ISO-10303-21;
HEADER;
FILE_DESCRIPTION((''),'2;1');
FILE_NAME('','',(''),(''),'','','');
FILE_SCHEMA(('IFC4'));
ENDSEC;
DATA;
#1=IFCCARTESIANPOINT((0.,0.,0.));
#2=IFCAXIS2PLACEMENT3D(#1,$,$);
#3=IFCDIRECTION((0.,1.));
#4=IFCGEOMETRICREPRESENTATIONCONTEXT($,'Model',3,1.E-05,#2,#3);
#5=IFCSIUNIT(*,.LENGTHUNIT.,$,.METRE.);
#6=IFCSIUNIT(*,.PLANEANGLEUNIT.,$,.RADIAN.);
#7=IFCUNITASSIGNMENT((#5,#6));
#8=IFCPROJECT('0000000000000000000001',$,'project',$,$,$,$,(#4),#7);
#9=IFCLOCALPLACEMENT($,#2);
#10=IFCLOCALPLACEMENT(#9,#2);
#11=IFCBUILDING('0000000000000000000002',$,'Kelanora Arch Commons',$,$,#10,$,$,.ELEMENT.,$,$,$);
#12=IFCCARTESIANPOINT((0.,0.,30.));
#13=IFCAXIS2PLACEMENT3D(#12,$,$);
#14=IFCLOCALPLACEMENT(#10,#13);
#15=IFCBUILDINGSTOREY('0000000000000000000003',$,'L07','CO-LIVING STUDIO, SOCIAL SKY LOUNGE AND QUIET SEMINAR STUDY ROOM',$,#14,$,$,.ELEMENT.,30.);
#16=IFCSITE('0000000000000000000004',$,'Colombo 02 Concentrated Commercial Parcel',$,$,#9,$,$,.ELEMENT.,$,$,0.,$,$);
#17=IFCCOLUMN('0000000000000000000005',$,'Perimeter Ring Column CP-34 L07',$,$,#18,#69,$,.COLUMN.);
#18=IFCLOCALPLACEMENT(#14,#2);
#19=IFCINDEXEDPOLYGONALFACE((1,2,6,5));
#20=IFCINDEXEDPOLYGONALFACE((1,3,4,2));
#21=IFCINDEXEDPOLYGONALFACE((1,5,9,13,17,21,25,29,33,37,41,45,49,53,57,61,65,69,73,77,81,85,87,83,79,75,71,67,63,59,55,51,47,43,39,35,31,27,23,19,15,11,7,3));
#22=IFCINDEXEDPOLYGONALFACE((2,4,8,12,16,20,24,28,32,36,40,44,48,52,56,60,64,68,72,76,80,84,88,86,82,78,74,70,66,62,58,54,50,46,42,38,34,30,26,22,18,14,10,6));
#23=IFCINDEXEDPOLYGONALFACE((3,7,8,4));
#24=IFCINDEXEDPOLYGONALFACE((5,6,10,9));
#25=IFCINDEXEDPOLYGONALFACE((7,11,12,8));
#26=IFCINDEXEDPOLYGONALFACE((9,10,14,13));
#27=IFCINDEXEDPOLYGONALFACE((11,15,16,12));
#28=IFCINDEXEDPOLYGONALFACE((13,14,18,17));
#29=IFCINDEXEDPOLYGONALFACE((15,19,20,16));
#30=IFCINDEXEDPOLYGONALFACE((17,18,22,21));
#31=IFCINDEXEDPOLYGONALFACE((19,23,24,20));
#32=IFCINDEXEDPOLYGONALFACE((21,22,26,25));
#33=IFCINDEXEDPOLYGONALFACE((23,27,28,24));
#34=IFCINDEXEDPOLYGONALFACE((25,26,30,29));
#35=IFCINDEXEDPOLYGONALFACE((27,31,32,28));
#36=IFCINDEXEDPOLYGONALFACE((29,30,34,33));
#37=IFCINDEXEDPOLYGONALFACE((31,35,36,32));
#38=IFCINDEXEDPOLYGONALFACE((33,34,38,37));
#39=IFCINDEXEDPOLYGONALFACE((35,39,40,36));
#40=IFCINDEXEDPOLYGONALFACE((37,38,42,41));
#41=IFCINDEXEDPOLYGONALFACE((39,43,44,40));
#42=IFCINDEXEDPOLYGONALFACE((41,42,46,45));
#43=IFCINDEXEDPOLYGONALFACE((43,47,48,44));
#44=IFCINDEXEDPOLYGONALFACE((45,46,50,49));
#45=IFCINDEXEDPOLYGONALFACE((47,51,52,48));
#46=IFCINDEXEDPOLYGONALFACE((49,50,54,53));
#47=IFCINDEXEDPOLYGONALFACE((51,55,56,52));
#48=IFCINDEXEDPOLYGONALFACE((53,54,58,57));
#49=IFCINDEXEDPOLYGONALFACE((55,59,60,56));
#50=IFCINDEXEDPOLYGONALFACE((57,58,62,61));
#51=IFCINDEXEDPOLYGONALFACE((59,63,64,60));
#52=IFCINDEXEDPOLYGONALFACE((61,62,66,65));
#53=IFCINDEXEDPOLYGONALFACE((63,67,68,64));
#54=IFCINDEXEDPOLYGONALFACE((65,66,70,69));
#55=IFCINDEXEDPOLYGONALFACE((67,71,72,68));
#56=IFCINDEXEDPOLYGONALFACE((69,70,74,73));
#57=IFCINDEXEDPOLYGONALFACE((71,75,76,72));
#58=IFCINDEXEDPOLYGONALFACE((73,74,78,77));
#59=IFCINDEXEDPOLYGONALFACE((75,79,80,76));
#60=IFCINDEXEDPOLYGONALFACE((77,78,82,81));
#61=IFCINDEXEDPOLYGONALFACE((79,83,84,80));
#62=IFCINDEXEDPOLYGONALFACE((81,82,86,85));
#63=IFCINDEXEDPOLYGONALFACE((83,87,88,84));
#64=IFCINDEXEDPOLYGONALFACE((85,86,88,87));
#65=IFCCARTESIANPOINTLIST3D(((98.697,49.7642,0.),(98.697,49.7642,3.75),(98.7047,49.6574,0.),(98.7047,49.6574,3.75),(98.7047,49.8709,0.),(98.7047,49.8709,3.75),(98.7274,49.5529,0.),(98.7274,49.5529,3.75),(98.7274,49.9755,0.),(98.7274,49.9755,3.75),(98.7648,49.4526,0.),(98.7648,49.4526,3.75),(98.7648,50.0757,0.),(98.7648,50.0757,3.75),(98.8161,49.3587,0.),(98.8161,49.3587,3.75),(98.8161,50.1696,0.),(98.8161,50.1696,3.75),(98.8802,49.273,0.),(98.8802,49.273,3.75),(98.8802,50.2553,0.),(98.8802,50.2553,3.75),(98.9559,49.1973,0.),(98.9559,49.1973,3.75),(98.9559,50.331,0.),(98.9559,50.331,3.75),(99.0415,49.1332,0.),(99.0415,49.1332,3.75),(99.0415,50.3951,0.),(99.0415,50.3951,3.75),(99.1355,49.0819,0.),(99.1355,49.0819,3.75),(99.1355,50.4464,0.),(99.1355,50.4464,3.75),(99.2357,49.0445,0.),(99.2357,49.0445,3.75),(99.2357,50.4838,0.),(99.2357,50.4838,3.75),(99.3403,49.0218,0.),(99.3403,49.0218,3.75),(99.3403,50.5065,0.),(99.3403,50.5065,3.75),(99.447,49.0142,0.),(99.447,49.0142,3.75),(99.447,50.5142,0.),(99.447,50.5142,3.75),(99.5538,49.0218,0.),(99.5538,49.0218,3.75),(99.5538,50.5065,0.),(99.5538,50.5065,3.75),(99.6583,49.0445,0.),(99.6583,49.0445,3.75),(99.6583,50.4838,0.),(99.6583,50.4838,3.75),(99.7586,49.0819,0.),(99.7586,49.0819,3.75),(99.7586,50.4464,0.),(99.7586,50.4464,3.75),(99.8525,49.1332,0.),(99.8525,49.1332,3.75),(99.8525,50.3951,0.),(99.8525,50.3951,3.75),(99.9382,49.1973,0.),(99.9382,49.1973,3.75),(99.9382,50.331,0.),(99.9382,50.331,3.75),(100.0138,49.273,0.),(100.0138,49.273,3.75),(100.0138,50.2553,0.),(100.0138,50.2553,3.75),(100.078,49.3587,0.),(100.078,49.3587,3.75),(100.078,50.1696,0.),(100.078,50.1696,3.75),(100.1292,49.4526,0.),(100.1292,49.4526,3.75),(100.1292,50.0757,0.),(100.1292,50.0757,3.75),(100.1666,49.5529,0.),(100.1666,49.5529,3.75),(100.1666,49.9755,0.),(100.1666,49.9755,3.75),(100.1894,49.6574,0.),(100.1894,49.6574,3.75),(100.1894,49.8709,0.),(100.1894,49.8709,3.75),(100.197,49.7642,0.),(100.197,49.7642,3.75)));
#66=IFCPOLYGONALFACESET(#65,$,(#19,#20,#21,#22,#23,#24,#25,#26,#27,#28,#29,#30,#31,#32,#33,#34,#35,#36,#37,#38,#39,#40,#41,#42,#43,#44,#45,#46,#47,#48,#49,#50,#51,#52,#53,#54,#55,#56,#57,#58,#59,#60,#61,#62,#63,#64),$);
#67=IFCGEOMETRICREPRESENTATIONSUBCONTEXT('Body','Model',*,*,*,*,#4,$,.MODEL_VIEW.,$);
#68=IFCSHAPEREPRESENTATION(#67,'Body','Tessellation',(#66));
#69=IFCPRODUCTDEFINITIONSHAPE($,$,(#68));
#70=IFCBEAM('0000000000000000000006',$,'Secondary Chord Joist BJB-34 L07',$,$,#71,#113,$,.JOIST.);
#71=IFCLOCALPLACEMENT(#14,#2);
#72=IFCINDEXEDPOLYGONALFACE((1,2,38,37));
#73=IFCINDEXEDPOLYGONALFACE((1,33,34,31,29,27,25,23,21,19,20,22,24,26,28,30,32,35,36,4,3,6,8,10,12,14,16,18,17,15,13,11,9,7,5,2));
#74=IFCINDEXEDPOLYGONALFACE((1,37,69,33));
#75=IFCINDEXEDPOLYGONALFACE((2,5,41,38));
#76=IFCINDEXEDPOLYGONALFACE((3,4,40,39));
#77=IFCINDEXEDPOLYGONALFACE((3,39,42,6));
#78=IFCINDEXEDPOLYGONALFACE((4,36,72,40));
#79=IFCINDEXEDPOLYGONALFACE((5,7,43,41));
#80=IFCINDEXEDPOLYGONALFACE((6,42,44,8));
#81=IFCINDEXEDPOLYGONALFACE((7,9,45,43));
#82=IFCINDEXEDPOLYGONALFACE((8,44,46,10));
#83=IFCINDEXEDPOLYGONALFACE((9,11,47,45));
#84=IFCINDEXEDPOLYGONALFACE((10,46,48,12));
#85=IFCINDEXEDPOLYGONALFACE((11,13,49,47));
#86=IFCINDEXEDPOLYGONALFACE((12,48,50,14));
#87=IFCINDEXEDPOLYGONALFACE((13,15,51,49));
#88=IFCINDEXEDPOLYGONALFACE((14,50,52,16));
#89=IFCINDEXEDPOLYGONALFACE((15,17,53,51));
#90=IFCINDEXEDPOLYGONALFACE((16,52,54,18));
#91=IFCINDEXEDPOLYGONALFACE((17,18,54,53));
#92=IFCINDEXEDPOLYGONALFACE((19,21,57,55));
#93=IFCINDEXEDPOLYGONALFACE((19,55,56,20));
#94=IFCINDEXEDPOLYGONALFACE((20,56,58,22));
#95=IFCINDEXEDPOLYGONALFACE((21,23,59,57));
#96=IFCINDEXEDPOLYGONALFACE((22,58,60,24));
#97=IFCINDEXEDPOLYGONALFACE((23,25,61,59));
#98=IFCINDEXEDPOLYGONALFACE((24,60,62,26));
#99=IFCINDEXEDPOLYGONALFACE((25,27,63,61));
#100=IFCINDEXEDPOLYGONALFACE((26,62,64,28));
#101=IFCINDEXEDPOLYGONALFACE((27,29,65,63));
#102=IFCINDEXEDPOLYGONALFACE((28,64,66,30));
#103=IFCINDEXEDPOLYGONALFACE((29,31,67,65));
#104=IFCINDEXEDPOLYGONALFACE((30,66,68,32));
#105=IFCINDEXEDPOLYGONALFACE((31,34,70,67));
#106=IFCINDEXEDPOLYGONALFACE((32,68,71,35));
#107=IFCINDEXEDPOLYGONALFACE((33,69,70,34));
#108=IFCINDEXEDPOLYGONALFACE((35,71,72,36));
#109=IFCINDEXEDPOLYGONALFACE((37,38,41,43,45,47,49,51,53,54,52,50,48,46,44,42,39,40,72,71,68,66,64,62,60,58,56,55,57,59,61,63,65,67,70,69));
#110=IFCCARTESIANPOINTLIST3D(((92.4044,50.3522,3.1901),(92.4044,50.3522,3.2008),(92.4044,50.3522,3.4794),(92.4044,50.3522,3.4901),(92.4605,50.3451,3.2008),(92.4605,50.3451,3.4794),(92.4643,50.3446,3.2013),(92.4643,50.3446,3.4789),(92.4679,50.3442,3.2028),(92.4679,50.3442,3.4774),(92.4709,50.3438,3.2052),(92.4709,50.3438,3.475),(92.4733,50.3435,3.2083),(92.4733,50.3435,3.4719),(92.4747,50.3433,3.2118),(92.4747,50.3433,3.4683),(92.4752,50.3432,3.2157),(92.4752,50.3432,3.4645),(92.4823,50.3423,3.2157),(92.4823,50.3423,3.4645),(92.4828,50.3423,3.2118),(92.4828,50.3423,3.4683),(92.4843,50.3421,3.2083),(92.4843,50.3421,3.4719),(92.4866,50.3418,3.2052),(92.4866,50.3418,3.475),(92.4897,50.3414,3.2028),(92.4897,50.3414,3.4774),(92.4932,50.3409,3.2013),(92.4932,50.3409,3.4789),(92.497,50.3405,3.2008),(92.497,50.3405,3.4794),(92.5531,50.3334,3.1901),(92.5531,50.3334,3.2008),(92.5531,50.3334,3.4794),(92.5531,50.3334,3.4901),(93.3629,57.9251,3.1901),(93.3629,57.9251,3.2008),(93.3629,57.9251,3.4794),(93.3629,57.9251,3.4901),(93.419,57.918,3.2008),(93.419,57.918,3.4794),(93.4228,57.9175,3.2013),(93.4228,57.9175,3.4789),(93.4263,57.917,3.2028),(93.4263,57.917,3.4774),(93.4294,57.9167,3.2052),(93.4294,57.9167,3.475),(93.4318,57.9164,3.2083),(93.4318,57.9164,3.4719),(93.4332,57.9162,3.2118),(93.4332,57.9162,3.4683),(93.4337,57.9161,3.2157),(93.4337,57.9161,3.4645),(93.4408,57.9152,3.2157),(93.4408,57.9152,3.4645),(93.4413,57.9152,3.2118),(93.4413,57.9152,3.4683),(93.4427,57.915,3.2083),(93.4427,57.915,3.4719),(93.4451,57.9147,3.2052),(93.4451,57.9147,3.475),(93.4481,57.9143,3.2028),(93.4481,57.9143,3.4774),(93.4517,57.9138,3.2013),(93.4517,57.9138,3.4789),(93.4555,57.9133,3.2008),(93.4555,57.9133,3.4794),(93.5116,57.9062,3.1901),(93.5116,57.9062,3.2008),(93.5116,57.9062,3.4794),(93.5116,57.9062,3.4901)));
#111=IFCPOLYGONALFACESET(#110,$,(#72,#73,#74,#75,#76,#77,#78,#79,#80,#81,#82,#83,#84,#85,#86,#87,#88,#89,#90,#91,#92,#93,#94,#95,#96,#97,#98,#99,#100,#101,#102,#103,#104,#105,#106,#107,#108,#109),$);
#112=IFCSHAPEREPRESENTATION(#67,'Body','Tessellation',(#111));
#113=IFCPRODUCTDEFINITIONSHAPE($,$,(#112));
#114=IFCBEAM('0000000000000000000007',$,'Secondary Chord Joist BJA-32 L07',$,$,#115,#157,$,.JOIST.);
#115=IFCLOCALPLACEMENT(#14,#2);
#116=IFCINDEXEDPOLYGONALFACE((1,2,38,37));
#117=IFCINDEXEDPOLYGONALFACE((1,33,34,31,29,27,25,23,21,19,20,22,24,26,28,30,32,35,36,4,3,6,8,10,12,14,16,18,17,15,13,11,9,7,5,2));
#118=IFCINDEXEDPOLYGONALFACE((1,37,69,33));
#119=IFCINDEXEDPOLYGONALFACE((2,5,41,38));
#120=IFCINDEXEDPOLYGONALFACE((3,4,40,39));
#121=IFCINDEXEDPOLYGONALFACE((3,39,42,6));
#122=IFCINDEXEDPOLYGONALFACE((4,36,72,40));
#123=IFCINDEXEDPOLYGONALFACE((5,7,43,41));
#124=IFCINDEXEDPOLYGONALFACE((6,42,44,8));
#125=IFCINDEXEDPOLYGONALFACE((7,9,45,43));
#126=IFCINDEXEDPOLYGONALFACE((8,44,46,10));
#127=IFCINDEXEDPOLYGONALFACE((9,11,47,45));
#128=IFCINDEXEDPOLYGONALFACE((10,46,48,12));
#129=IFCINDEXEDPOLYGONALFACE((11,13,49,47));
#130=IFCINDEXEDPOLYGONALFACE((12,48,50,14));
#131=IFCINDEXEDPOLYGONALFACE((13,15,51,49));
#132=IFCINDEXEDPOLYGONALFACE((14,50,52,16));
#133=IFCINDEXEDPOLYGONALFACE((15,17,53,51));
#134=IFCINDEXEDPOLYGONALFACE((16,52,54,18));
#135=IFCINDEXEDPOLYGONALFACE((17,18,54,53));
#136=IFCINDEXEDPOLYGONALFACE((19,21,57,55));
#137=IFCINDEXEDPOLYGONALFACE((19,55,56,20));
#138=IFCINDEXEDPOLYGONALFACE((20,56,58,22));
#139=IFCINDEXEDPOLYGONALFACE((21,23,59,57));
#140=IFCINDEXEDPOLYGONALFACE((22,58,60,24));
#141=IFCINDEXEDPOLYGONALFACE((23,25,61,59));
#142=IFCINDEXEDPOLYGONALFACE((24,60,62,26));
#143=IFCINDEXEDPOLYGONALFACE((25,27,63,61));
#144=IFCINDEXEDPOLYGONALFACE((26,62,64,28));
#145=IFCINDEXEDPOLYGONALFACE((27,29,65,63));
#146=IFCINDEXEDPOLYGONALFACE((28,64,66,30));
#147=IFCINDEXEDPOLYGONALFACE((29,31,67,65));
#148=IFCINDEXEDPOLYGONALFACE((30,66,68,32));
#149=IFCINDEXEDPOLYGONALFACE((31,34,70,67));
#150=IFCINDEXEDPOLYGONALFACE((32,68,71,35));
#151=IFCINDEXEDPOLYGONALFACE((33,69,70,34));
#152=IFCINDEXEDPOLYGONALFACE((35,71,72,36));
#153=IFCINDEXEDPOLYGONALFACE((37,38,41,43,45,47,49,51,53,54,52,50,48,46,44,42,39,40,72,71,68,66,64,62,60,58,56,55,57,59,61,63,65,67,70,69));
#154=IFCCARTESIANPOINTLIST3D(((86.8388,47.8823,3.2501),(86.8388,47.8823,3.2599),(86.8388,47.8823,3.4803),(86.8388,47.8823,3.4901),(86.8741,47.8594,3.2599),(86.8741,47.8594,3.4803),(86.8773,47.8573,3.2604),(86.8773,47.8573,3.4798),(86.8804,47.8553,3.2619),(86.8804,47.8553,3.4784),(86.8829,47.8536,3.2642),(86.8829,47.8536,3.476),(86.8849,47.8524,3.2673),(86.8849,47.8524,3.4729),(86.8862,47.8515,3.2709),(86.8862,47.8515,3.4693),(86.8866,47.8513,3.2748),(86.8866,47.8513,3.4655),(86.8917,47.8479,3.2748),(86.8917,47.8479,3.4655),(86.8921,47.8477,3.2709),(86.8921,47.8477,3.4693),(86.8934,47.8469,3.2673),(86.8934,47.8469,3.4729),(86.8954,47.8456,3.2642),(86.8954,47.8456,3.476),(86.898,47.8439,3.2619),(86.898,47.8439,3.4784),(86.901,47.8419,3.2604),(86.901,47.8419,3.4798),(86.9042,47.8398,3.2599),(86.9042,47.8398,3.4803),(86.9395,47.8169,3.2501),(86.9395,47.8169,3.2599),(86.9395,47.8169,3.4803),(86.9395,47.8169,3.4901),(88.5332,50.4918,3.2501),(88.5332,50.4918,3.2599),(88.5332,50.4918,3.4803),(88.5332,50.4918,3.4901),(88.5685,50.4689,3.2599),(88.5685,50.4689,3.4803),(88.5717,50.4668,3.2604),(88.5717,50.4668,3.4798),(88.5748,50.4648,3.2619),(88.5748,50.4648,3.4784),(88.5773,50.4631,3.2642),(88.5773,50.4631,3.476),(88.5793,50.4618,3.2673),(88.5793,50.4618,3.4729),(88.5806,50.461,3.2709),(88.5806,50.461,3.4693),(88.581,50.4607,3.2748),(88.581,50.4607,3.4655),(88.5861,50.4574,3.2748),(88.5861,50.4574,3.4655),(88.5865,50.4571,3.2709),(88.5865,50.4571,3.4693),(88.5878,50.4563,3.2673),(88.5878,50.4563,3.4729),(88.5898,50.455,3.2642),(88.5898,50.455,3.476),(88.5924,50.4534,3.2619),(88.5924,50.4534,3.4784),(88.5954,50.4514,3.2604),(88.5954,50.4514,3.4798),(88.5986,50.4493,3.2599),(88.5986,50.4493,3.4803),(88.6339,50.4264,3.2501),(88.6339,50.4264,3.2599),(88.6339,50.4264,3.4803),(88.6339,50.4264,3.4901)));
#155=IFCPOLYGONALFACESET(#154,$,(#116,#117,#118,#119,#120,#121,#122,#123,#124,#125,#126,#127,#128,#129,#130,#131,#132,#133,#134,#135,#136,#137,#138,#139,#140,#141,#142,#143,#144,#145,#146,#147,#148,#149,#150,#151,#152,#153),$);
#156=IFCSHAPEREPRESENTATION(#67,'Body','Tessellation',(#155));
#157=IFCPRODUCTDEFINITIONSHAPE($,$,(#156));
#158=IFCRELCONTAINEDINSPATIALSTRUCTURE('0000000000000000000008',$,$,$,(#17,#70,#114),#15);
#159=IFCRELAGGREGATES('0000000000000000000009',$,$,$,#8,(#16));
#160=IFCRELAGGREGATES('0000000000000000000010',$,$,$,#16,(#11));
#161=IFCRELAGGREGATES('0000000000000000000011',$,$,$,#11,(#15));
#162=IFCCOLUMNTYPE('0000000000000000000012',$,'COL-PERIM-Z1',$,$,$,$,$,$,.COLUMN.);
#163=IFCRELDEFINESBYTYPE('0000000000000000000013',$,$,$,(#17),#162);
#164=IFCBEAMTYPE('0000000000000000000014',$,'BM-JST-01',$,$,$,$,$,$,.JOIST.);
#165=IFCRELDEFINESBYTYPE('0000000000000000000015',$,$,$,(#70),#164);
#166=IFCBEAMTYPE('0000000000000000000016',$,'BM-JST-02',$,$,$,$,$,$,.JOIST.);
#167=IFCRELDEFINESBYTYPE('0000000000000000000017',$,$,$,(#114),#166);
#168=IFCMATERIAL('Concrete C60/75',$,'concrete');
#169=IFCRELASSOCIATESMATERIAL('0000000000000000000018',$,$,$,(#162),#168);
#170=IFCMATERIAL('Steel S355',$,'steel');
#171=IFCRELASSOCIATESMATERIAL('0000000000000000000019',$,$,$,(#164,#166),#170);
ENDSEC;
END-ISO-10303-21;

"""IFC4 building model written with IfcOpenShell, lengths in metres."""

from ifc_helpers import new_model, si_unit, direction, frame, origin, origin_2d, place, context, subcontext, project, spatial, circle, i_section, extrude, material, material_profile, profile_set, type_object, element, save


model = new_model("IFC4")

# Units and contexts
model_context = context("Model", 3, precision=1e-05, world=origin(), true_north=direction((0.0, 1.0)))
body_context = subcontext(model_context, "Body", "Model", "MODEL_VIEW")
ifc_project = project(units=[si_unit("LENGTHUNIT", "METRE"), si_unit("PLANEANGLEUNIT", "RADIAN")], contexts=[model_context])

# Site, building, storey
site_placement = place(None, origin())
site = spatial("IfcSite", under=ifc_project, at=site_placement, Name="Colombo 02 Concentrated Commercial Parcel", CompositionType="ELEMENT", RefElevation=0.0)
building_placement = place(site_placement, origin())
building = spatial("IfcBuilding", under=site, at=building_placement, Name="Kelanora Arch Commons", CompositionType="ELEMENT")
storey_placement = place(building_placement, frame((0.0, 0.0, 30.0)))
storey = spatial("IfcBuildingStorey", under=building, at=storey_placement, Name="L07", Description="CO-LIVING STUDIO, SOCIAL SKY LOUNGE AND QUIET SEMINAR STUDY ROOM", CompositionType="ELEMENT", Elevation=30.0)

# Column
ifc_material_1 = material(Name="Concrete C60/75", Category="concrete")
ifc_material_profile_1 = material_profile(ifc_material_1, circle(Radius=0.75, at=origin_2d()), Name="RCC1500")
ifc_profile_set_1 = profile_set([ifc_material_profile_1], Name="Concrete C60/75")
column_type = type_object("IfcColumnType", Name="COL-PERIM-Z1", PredefinedType="COLUMN", material=ifc_profile_set_1)
column_placement = place(storey_placement, frame((99.447, 49.7642, 0.0), z_axis=(0.0, 0.0, 1.0), x_axis=(1.0, 0.0, 0.0)))
element("IfcColumn", 1, at=column_placement, inside=storey, type_object=column_type, Name="Perimeter Ring Column CP-34 L07", PredefinedType="COLUMN", context=body_context, shape_type="SweptSolid", body=[
    extrude(circle(Radius=0.75, at=origin_2d()), origin(), (0.0, 0.0, 1.0), 3.75),
])

# Beams
ifc_material_2 = material(Name="Steel S355", Category="steel")
ifc_material_profile_2 = material_profile(ifc_material_2, i_section(OverallWidth=0.1499, OverallDepth=0.3, WebThickness=0.0071, FlangeThickness=0.0107, FilletRadius=0.0149, at=origin_2d()), Name="IPE300")
ifc_profile_set_2 = profile_set([ifc_material_profile_2], Name="Steel S355")
beam_type_1 = type_object("IfcBeamType", Name="BM-JST-01", PredefinedType="JOIST", material=ifc_profile_set_2)
beam_1_placement = place(storey_placement, frame((92.4788, 50.3428, 3.3401), z_axis=(0.125566, 0.992085, 0.0), x_axis=(-0.992085, 0.125566, 0.0)))
element("IfcBeam", 2, at=beam_1_placement, inside=storey, type_object=beam_type_1, Name="Secondary Chord Joist BJB-34 L07", PredefinedType="JOIST", context=body_context, shape_type="SweptSolid", body=[
    extrude(i_section(OverallWidth=0.1499, OverallDepth=0.3, WebThickness=0.0071, FlangeThickness=0.0107, FilletRadius=0.0149, at=origin_2d()), origin(), (0.0, 0.0, 1.0), 7.6333),
])
ifc_material_profile_3 = material_profile(ifc_material_2, i_section(OverallWidth=0.1201, OverallDepth=0.24, WebThickness=0.0061, FlangeThickness=0.0098, FilletRadius=0.0149, at=origin_2d()), Name="IPE240")
ifc_profile_set_3 = profile_set([ifc_material_profile_3], Name="Steel S355")
beam_type_2 = type_object("IfcBeamType", Name="BM-JST-02", PredefinedType="JOIST", material=ifc_profile_set_3)
beam_2_placement = place(storey_placement, frame((86.8892, 47.8496, 3.3701), z_axis=(0.544591, 0.838702, 0.0), x_axis=(-0.838702, 0.544591, 0.0)))
element("IfcBeam", 3, at=beam_2_placement, inside=storey, type_object=beam_type_2, Name="Secondary Chord Joist BJA-32 L07", PredefinedType="JOIST", context=body_context, shape_type="SweptSolid", body=[
    extrude(i_section(OverallWidth=0.1201, OverallDepth=0.24, WebThickness=0.0061, FlangeThickness=0.0098, FilletRadius=0.0149, at=origin_2d()), origin(), (0.0, 0.0, 1.0), 3.1113),
])

save(model, "model.ifc")
